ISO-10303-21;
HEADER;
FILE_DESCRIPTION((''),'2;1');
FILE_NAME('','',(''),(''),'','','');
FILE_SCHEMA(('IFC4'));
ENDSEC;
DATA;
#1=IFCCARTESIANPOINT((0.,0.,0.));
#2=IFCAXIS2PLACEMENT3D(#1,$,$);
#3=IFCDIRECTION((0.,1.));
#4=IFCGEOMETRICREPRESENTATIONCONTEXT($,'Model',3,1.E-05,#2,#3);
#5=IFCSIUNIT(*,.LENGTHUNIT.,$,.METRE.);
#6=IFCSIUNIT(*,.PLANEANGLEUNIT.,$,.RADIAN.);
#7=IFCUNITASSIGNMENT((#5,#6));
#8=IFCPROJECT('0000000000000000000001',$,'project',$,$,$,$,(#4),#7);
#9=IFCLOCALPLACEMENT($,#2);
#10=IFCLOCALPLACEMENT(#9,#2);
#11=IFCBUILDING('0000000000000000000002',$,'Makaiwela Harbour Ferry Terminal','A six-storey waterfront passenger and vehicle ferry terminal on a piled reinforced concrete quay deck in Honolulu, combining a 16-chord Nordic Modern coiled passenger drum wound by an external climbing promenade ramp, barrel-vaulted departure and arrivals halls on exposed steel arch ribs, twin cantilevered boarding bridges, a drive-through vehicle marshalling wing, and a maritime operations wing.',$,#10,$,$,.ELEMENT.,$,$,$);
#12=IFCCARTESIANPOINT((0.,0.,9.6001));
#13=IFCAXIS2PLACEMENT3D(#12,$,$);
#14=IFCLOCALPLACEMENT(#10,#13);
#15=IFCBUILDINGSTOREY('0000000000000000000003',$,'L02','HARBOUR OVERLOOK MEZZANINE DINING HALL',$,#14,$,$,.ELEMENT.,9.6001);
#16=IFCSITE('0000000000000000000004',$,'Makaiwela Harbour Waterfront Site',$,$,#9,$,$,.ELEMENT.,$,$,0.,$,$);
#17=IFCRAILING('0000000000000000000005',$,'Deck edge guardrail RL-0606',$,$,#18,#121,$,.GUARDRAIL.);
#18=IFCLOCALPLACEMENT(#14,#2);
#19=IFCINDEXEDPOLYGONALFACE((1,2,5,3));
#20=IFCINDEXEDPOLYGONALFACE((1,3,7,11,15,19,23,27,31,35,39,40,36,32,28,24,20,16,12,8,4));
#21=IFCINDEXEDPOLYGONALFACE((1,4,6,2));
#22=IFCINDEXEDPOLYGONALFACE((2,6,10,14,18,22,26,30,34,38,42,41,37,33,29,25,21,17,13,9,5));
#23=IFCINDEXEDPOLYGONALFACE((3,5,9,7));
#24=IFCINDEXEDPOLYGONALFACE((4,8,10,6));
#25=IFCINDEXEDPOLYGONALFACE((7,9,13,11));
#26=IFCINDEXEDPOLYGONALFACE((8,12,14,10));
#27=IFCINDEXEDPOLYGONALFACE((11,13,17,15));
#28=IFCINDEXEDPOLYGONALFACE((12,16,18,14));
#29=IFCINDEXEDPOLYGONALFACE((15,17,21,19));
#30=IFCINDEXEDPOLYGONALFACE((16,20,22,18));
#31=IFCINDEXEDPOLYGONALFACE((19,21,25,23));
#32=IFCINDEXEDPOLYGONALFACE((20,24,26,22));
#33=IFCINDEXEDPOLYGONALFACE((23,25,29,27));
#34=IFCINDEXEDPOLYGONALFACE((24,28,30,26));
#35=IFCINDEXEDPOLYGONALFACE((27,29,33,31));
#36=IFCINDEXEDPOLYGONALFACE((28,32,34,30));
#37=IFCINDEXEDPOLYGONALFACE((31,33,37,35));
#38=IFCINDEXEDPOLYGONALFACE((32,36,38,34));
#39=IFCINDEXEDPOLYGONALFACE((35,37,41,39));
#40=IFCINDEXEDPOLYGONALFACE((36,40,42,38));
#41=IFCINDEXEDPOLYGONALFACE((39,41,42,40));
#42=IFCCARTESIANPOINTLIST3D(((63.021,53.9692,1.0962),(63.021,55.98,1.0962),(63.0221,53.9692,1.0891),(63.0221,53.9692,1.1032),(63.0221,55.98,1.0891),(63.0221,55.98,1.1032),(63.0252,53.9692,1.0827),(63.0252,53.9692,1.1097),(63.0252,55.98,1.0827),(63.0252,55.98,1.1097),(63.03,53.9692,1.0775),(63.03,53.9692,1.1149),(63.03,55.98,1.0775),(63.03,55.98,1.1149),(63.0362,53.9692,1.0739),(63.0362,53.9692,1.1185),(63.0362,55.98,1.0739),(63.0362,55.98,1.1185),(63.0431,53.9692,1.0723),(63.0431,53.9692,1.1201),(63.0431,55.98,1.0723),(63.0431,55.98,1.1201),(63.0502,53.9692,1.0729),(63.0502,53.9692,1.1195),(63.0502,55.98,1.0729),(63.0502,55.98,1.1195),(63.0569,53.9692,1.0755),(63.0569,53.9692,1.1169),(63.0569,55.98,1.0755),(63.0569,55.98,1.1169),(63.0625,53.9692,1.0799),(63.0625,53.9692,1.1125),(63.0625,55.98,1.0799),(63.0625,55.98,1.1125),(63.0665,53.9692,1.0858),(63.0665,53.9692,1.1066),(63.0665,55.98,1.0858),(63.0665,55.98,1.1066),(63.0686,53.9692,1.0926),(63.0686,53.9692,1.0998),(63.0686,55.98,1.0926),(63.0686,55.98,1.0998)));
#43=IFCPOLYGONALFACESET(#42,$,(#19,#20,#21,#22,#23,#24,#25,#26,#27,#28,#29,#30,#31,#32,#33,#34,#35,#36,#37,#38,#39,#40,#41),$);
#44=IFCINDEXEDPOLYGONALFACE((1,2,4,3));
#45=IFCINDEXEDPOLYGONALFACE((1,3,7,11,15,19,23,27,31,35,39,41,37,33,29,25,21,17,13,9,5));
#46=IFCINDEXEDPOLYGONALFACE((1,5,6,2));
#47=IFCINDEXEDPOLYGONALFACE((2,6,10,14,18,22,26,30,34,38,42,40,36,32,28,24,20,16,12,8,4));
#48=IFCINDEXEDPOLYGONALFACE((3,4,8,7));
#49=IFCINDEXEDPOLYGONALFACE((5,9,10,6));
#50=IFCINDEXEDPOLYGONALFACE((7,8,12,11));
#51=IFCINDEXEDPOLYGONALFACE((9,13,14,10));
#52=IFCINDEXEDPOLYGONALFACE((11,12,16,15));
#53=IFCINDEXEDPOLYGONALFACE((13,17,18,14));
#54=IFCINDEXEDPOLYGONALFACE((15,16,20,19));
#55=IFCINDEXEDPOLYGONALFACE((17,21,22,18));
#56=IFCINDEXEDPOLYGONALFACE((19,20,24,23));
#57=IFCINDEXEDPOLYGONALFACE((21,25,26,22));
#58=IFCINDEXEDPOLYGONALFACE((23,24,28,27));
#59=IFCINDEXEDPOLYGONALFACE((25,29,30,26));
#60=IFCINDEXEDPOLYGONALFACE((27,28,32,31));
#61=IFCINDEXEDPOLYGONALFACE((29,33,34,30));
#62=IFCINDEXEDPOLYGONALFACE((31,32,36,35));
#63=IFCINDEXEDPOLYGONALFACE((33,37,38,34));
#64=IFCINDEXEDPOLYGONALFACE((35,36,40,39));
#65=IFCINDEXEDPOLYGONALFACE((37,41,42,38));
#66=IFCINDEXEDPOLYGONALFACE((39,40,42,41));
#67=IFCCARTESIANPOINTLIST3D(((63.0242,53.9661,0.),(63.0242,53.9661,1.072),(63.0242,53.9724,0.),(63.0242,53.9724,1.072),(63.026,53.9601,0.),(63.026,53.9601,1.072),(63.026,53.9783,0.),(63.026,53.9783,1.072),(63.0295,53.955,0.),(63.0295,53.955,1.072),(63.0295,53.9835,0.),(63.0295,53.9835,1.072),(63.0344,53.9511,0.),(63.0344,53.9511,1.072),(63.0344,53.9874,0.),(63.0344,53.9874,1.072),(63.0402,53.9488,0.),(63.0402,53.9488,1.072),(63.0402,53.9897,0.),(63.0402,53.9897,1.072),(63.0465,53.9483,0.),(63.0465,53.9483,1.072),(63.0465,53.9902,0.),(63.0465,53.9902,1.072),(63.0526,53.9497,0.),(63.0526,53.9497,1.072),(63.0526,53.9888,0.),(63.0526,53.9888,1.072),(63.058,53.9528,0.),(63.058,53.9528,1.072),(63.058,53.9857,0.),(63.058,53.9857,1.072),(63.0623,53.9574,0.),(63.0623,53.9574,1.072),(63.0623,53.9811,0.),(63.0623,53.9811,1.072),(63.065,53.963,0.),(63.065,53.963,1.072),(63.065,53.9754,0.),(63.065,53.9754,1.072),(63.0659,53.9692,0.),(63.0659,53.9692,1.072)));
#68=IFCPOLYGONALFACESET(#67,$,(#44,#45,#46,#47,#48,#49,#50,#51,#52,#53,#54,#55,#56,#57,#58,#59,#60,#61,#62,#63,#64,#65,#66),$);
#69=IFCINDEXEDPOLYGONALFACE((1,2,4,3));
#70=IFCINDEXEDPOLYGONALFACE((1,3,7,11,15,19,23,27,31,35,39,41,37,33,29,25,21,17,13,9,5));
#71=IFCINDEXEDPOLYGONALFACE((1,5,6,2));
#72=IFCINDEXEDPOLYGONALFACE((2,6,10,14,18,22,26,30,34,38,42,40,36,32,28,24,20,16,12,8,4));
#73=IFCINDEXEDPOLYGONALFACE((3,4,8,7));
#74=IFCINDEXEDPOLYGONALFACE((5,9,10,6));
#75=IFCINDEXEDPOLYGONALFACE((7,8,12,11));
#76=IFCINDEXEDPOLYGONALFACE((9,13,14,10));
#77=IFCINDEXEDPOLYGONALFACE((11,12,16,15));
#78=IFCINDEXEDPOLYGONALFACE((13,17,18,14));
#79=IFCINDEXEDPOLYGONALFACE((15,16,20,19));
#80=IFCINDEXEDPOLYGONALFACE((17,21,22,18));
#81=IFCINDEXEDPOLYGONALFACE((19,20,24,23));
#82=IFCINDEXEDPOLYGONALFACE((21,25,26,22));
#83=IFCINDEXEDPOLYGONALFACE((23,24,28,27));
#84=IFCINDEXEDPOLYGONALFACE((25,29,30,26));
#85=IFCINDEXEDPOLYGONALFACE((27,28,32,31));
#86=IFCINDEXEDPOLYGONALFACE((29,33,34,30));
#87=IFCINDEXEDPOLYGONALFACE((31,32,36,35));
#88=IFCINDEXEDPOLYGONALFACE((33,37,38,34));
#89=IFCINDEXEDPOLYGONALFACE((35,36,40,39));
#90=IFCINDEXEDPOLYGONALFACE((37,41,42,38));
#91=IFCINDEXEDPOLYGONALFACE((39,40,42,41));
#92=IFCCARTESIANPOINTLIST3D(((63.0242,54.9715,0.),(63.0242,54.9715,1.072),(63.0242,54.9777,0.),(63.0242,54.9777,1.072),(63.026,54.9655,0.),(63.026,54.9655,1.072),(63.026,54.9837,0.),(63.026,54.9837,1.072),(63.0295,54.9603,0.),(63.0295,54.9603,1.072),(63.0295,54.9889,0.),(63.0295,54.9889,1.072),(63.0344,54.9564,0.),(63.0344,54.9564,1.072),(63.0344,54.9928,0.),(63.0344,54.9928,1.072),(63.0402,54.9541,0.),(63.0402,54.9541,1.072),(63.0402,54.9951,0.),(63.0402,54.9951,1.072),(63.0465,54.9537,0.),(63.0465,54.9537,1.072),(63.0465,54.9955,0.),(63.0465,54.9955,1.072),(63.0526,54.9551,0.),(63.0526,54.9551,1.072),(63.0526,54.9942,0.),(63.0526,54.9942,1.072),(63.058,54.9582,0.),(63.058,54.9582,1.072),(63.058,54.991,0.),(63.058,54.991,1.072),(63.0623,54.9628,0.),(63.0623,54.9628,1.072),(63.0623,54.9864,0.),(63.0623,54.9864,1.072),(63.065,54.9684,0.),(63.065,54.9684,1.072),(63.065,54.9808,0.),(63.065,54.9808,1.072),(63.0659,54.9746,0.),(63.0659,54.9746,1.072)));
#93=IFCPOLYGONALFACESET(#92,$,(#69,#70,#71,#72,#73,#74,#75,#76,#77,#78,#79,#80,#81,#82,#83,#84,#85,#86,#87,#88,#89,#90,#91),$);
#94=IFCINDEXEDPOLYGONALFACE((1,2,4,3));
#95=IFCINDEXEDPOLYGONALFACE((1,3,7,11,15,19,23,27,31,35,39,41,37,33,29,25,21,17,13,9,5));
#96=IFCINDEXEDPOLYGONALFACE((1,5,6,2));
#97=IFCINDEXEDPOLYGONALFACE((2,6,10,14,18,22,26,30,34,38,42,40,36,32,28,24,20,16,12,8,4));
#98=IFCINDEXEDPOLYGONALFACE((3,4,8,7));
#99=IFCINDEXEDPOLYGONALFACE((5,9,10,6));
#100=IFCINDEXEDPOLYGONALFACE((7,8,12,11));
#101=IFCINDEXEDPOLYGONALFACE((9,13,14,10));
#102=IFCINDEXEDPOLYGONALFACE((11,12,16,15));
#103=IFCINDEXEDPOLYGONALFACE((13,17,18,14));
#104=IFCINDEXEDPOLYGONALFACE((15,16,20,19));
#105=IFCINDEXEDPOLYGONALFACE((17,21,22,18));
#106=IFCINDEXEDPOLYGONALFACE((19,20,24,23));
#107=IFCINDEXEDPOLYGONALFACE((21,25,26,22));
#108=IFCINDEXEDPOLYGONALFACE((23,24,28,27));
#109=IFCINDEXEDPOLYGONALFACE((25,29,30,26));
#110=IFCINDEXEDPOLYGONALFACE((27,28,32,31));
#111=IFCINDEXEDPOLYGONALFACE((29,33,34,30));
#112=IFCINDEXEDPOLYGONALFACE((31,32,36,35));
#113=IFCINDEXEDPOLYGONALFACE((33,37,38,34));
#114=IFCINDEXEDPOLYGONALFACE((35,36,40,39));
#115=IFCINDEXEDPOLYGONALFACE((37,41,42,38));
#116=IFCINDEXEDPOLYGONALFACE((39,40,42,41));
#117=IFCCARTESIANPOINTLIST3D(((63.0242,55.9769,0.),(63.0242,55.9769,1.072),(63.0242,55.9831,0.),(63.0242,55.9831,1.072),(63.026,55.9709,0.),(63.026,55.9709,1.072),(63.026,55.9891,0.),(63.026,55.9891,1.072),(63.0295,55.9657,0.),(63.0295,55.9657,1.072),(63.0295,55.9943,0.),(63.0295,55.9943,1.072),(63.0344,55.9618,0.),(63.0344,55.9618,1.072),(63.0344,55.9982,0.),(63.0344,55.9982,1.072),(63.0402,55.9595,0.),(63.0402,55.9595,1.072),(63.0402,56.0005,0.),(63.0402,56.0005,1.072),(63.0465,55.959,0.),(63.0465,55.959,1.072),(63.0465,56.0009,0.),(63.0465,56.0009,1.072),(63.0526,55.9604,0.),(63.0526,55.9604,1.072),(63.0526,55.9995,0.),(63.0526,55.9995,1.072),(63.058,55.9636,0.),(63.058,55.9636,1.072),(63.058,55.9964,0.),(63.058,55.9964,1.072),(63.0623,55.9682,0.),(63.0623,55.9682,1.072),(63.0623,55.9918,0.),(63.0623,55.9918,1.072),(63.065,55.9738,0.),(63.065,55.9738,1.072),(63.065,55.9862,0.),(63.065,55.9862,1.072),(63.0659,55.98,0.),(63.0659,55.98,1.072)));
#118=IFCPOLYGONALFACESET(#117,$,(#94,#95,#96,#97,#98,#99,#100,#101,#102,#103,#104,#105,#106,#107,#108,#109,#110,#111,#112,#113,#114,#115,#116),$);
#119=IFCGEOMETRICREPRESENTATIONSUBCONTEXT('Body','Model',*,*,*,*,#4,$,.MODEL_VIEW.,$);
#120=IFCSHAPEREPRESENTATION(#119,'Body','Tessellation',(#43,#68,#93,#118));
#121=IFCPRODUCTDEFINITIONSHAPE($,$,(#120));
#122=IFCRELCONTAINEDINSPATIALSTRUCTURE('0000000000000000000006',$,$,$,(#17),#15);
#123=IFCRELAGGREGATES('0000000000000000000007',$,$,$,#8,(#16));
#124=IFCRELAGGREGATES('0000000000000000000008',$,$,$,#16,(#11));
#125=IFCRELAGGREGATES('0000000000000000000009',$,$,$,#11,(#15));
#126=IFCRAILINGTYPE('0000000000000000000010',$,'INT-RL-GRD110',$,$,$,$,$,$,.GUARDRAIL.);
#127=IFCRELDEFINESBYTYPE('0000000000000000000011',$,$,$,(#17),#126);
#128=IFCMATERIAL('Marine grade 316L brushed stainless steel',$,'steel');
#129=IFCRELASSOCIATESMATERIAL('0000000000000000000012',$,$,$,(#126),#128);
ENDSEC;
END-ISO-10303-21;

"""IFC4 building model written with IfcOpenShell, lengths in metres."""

from ifc_helpers import new_model, si_unit, direction, frame, origin, origin_2d, place, context, subcontext, project, spatial, circle, extrude, material, type_object, element, save


model = new_model("IFC4")

# Units and contexts
model_context = context("Model", 3, precision=1e-05, world=origin(), true_north=direction((0.0, 1.0)))
body_context = subcontext(model_context, "Body", "Model", "MODEL_VIEW")
ifc_project = project(units=[si_unit("LENGTHUNIT", "METRE"), si_unit("PLANEANGLEUNIT", "RADIAN")], contexts=[model_context])

# Site, building, storey
site_placement = place(None, origin())
site = spatial("IfcSite", under=ifc_project, at=site_placement, Name="Makaiwela Harbour Waterfront Site", CompositionType="ELEMENT", RefElevation=0.0)
building_placement = place(site_placement, origin())
building = spatial("IfcBuilding", under=site, at=building_placement, Name="Makaiwela Harbour Ferry Terminal", Description="A six-storey waterfront passenger and vehicle ferry terminal on a piled reinforced concrete quay deck in Honolulu, combining a 16-chord Nordic Modern coiled passenger drum wound by an external climbing promenade ramp, barrel-vaulted departure and arrivals halls on exposed steel arch ribs, twin cantilevered boarding bridges, a drive-through vehicle marshalling wing, and a maritime operations wing.", CompositionType="ELEMENT")
storey_placement = place(building_placement, frame((0.0, 0.0, 9.6001)))
storey = spatial("IfcBuildingStorey", under=building, at=storey_placement, Name="L02", Description="HARBOUR OVERLOOK MEZZANINE DINING HALL", CompositionType="ELEMENT", Elevation=9.6001)

# Railing
ifc_material_1 = material(Name="Marine grade 316L brushed stainless steel", Category="steel")
railing_type = type_object("IfcRailingType", Name="INT-RL-GRD110", PredefinedType="GUARDRAIL", material=ifc_material_1)
for number, where, name in (
    (1, (63.0449, 53.9692, 0.0), "Deck edge guardrail RL-0606"),
):
    element("IfcRailing", number, at=place(storey_placement, frame(where)), inside=storey, type_object=railing_type, Name=name, PredefinedType="GUARDRAIL", context=body_context, shape_type="SweptSolid", body=[
        extrude(circle(Radius=0.0239, at=origin_2d()), frame((0.0, 0.0, 1.0962), z_axis=(0.0, 1.0, 0.0), x_axis=(-1.0, 0.0, 0.0)), (0.0, 0.0, 1.0), 2.0107),
        extrude(circle(Radius=0.021, at=origin_2d()), origin(), (0.0, 0.0, 1.0), 1.072),
        extrude(circle(Radius=0.021, at=origin_2d()), frame((0.0, 1.0054, 0.0)), (0.0, 0.0, 1.0), 1.072),
        extrude(circle(Radius=0.021, at=origin_2d()), frame((0.0, 2.0107, 0.0)), (0.0, 0.0, 1.0), 1.072),
    ])

save(model, "model.ifc")
